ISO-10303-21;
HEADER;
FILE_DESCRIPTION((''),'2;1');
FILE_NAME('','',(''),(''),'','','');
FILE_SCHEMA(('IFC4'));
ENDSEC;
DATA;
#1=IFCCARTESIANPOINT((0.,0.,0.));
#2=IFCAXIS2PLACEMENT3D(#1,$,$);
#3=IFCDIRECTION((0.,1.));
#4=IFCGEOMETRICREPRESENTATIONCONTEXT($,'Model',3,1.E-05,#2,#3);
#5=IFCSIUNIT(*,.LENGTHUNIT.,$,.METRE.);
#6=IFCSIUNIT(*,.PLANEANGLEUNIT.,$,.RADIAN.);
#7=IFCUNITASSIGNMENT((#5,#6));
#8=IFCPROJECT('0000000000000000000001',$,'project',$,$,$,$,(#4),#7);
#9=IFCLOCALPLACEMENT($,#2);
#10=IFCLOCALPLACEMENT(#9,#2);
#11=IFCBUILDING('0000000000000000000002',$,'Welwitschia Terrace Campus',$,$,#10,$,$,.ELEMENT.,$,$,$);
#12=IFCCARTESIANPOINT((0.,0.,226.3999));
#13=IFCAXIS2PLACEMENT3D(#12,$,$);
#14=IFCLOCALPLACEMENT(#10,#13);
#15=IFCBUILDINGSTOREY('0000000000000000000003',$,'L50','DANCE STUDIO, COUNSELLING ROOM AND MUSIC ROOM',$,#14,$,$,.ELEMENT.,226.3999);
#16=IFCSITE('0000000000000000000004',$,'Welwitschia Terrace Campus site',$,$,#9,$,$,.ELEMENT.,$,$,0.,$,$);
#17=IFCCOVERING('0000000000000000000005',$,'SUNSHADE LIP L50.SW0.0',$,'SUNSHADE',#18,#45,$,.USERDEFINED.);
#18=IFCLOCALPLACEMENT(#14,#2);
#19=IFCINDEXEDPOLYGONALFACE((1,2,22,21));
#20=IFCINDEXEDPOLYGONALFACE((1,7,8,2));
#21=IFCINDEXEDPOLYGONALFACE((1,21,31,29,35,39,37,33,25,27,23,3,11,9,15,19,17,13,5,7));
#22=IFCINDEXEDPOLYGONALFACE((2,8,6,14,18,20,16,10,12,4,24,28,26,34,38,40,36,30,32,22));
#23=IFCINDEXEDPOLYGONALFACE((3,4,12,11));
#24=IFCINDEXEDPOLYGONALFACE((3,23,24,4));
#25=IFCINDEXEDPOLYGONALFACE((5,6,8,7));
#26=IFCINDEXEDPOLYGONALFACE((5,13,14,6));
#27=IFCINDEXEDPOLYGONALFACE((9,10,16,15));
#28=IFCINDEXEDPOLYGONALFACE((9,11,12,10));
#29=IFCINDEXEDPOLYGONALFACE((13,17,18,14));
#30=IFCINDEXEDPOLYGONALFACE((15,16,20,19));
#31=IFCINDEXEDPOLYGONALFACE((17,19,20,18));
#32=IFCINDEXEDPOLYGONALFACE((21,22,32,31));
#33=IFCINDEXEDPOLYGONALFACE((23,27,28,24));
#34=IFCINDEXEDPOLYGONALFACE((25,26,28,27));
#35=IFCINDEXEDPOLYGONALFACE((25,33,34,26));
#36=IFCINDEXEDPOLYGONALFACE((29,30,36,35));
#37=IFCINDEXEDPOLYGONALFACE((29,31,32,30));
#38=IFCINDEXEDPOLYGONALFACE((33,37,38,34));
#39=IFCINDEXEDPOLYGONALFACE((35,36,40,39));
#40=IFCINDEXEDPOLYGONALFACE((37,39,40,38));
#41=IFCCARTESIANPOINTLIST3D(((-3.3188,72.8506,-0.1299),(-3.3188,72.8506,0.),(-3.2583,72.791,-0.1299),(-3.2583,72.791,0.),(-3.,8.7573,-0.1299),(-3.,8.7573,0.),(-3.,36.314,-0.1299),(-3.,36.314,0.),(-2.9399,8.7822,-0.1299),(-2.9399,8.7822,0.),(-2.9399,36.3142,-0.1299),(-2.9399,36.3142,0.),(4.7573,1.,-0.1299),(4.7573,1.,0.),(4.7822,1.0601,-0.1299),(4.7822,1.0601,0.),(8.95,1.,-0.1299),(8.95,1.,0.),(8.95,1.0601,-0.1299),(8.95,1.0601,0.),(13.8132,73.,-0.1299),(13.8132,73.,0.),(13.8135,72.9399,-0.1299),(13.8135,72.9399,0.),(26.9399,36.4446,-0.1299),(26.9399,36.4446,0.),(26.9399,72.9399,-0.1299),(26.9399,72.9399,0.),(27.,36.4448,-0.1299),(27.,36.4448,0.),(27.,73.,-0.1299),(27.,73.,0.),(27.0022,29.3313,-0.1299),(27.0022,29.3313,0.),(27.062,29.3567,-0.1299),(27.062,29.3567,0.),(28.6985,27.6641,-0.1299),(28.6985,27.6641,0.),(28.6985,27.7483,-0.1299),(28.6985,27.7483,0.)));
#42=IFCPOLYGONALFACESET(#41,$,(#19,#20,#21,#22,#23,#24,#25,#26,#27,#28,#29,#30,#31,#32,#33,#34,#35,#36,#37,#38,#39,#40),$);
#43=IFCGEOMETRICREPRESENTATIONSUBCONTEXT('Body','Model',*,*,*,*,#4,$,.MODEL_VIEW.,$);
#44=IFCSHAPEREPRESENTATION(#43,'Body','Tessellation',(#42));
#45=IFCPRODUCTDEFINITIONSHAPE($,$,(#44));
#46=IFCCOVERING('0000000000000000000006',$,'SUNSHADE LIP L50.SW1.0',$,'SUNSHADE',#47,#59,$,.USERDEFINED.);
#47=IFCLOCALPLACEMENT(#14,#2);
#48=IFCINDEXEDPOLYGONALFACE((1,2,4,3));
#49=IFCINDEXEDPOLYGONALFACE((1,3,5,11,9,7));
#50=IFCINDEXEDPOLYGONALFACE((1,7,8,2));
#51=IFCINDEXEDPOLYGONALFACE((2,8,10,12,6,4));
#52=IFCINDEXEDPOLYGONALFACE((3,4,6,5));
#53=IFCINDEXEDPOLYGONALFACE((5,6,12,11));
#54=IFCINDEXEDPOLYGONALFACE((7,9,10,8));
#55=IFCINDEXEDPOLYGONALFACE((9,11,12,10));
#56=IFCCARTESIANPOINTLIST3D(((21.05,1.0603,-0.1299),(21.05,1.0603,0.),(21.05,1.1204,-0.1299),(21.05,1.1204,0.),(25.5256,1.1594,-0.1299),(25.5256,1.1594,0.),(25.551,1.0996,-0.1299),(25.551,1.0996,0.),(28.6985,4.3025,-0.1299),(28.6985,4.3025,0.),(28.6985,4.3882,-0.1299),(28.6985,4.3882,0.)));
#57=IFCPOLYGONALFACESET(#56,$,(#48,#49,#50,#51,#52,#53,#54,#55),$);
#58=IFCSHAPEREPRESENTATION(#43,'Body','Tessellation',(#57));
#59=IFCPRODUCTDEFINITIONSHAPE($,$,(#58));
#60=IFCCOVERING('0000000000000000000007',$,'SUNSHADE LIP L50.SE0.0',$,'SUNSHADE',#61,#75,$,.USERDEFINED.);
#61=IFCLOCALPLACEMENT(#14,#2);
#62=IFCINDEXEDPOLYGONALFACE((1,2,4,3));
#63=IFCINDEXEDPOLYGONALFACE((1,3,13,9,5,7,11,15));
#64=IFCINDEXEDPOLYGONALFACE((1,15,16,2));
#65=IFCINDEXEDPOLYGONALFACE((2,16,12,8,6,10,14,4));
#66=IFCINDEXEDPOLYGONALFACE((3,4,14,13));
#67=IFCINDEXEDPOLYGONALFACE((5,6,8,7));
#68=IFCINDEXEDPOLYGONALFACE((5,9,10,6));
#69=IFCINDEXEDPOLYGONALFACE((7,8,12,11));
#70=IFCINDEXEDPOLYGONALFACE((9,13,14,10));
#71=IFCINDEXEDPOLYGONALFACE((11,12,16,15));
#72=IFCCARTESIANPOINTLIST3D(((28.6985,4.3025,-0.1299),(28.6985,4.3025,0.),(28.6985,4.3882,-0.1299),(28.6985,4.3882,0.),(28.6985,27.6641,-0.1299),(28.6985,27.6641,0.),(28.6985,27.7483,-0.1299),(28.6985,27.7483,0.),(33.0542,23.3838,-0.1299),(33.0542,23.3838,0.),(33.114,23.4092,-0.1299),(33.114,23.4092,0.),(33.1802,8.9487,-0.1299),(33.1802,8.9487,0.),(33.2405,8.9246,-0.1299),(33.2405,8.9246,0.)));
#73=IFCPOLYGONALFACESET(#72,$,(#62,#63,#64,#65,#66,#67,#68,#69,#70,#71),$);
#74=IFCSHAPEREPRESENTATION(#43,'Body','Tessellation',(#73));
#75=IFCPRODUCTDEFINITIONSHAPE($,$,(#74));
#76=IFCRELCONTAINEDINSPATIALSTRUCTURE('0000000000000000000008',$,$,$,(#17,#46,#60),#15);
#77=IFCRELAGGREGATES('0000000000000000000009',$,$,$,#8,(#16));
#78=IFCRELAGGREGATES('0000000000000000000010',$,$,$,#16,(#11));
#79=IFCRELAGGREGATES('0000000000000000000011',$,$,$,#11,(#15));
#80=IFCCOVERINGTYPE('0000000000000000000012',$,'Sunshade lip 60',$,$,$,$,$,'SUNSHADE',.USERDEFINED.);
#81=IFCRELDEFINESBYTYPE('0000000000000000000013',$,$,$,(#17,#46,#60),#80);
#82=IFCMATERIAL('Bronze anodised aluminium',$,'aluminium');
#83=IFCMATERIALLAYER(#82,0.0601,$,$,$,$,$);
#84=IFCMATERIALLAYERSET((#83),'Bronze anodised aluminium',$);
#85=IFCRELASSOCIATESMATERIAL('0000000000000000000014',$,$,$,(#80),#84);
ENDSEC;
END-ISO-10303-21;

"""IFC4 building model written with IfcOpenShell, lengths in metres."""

from ifc_helpers import new_model, si_unit, direction, frame, origin, place, context, subcontext, project, spatial, polyline, outline, extrude, material, layer, layer_set, type_object, element, save


model = new_model("IFC4")

# Units and contexts
model_context = context("Model", 3, precision=1e-05, world=origin(), true_north=direction((0.0, 1.0)))
body_context = subcontext(model_context, "Body", "Model", "MODEL_VIEW")
ifc_project = project(units=[si_unit("LENGTHUNIT", "METRE"), si_unit("PLANEANGLEUNIT", "RADIAN")], contexts=[model_context])

# Site, building, storey
site_placement = place(None, origin())
site = spatial("IfcSite", under=ifc_project, at=site_placement, Name="Welwitschia Terrace Campus site", CompositionType="ELEMENT", RefElevation=0.0)
building_placement = place(site_placement, origin())
building = spatial("IfcBuilding", under=site, at=building_placement, Name="Welwitschia Terrace Campus", CompositionType="ELEMENT")
storey_placement = place(building_placement, frame((0.0, 0.0, 226.3999)))
storey = spatial("IfcBuildingStorey", under=building, at=storey_placement, Name="L50", Description="DANCE STUDIO, COUNSELLING ROOM AND MUSIC ROOM", CompositionType="ELEMENT", Elevation=226.3999)

# Coverings
ifc_material_1 = material(Name="Bronze anodised aluminium", Category="aluminium")
ifc_layer_1 = layer(ifc_material_1, 0.0601)
ifc_layer_set_1 = layer_set([ifc_layer_1], Name="Bronze anodised aluminium")
covering_type_1 = type_object("IfcCoveringType", Name="Sunshade lip 60", ElementType="SUNSHADE", PredefinedType="USERDEFINED", material=ifc_layer_set_1)
covering_1_placement = place(storey_placement, frame((0.0, 0.0, -0.1299)))
element("IfcCovering", 1, at=covering_1_placement, inside=storey, type_object=covering_type_1, Name="SUNSHADE LIP L50.SW0.0", ObjectType="SUNSHADE", PredefinedType="USERDEFINED", context=body_context, shape_type="SweptSolid", body=[
    extrude(outline(polyline([(27.062, 29.3567), (28.6985, 27.7483), (28.6985, 27.6641), (27.0022, 29.3313), (26.9399, 36.4446), (26.9399, 72.9399), (13.8135, 72.9399), (-3.2583, 72.791), (-2.9399, 36.3142), (-2.9399, 8.7822), (4.7822, 1.0601), (8.95, 1.0601), (8.95, 1.0), (4.7573, 1.0), (-3.0, 8.7573), (-3.0, 36.314), (-3.3188, 72.8506), (13.8132, 73.0), (27.0, 73.0), (27.0, 36.4448), (27.062, 29.3567)])), origin(), (0.0, 0.0, 1.0), 0.1299),
])
covering_2_placement = place(storey_placement, frame((0.0, 0.0, -0.1299)))
element("IfcCovering", 2, at=covering_2_placement, inside=storey, type_object=covering_type_1, Name="SUNSHADE LIP L50.SW1.0", ObjectType="SUNSHADE", PredefinedType="USERDEFINED", context=body_context, shape_type="SweptSolid", body=[
    extrude(outline(polyline([(21.05, 1.0603), (21.05, 1.1204), (25.5256, 1.1594), (28.6985, 4.3882), (28.6985, 4.3025), (25.551, 1.0996), (21.05, 1.0603)])), origin(), (0.0, 0.0, 1.0), 0.1299),
])
covering_3_placement = place(storey_placement, frame((0.0, 0.0, -0.1299)))
element("IfcCovering", 3, at=covering_3_placement, inside=storey, type_object=covering_type_1, Name="SUNSHADE LIP L50.SE0.0", ObjectType="SUNSHADE", PredefinedType="USERDEFINED", context=body_context, shape_type="SweptSolid", body=[
    extrude(outline(polyline([(33.2405, 8.9246), (28.6985, 4.3025), (28.6985, 4.3882), (33.1802, 8.9487), (33.0542, 23.3838), (28.6985, 27.6641), (28.6985, 27.7483), (33.114, 23.4092), (33.2405, 8.9246)])), origin(), (0.0, 0.0, 1.0), 0.1299),
])

save(model, "model.ifc")
